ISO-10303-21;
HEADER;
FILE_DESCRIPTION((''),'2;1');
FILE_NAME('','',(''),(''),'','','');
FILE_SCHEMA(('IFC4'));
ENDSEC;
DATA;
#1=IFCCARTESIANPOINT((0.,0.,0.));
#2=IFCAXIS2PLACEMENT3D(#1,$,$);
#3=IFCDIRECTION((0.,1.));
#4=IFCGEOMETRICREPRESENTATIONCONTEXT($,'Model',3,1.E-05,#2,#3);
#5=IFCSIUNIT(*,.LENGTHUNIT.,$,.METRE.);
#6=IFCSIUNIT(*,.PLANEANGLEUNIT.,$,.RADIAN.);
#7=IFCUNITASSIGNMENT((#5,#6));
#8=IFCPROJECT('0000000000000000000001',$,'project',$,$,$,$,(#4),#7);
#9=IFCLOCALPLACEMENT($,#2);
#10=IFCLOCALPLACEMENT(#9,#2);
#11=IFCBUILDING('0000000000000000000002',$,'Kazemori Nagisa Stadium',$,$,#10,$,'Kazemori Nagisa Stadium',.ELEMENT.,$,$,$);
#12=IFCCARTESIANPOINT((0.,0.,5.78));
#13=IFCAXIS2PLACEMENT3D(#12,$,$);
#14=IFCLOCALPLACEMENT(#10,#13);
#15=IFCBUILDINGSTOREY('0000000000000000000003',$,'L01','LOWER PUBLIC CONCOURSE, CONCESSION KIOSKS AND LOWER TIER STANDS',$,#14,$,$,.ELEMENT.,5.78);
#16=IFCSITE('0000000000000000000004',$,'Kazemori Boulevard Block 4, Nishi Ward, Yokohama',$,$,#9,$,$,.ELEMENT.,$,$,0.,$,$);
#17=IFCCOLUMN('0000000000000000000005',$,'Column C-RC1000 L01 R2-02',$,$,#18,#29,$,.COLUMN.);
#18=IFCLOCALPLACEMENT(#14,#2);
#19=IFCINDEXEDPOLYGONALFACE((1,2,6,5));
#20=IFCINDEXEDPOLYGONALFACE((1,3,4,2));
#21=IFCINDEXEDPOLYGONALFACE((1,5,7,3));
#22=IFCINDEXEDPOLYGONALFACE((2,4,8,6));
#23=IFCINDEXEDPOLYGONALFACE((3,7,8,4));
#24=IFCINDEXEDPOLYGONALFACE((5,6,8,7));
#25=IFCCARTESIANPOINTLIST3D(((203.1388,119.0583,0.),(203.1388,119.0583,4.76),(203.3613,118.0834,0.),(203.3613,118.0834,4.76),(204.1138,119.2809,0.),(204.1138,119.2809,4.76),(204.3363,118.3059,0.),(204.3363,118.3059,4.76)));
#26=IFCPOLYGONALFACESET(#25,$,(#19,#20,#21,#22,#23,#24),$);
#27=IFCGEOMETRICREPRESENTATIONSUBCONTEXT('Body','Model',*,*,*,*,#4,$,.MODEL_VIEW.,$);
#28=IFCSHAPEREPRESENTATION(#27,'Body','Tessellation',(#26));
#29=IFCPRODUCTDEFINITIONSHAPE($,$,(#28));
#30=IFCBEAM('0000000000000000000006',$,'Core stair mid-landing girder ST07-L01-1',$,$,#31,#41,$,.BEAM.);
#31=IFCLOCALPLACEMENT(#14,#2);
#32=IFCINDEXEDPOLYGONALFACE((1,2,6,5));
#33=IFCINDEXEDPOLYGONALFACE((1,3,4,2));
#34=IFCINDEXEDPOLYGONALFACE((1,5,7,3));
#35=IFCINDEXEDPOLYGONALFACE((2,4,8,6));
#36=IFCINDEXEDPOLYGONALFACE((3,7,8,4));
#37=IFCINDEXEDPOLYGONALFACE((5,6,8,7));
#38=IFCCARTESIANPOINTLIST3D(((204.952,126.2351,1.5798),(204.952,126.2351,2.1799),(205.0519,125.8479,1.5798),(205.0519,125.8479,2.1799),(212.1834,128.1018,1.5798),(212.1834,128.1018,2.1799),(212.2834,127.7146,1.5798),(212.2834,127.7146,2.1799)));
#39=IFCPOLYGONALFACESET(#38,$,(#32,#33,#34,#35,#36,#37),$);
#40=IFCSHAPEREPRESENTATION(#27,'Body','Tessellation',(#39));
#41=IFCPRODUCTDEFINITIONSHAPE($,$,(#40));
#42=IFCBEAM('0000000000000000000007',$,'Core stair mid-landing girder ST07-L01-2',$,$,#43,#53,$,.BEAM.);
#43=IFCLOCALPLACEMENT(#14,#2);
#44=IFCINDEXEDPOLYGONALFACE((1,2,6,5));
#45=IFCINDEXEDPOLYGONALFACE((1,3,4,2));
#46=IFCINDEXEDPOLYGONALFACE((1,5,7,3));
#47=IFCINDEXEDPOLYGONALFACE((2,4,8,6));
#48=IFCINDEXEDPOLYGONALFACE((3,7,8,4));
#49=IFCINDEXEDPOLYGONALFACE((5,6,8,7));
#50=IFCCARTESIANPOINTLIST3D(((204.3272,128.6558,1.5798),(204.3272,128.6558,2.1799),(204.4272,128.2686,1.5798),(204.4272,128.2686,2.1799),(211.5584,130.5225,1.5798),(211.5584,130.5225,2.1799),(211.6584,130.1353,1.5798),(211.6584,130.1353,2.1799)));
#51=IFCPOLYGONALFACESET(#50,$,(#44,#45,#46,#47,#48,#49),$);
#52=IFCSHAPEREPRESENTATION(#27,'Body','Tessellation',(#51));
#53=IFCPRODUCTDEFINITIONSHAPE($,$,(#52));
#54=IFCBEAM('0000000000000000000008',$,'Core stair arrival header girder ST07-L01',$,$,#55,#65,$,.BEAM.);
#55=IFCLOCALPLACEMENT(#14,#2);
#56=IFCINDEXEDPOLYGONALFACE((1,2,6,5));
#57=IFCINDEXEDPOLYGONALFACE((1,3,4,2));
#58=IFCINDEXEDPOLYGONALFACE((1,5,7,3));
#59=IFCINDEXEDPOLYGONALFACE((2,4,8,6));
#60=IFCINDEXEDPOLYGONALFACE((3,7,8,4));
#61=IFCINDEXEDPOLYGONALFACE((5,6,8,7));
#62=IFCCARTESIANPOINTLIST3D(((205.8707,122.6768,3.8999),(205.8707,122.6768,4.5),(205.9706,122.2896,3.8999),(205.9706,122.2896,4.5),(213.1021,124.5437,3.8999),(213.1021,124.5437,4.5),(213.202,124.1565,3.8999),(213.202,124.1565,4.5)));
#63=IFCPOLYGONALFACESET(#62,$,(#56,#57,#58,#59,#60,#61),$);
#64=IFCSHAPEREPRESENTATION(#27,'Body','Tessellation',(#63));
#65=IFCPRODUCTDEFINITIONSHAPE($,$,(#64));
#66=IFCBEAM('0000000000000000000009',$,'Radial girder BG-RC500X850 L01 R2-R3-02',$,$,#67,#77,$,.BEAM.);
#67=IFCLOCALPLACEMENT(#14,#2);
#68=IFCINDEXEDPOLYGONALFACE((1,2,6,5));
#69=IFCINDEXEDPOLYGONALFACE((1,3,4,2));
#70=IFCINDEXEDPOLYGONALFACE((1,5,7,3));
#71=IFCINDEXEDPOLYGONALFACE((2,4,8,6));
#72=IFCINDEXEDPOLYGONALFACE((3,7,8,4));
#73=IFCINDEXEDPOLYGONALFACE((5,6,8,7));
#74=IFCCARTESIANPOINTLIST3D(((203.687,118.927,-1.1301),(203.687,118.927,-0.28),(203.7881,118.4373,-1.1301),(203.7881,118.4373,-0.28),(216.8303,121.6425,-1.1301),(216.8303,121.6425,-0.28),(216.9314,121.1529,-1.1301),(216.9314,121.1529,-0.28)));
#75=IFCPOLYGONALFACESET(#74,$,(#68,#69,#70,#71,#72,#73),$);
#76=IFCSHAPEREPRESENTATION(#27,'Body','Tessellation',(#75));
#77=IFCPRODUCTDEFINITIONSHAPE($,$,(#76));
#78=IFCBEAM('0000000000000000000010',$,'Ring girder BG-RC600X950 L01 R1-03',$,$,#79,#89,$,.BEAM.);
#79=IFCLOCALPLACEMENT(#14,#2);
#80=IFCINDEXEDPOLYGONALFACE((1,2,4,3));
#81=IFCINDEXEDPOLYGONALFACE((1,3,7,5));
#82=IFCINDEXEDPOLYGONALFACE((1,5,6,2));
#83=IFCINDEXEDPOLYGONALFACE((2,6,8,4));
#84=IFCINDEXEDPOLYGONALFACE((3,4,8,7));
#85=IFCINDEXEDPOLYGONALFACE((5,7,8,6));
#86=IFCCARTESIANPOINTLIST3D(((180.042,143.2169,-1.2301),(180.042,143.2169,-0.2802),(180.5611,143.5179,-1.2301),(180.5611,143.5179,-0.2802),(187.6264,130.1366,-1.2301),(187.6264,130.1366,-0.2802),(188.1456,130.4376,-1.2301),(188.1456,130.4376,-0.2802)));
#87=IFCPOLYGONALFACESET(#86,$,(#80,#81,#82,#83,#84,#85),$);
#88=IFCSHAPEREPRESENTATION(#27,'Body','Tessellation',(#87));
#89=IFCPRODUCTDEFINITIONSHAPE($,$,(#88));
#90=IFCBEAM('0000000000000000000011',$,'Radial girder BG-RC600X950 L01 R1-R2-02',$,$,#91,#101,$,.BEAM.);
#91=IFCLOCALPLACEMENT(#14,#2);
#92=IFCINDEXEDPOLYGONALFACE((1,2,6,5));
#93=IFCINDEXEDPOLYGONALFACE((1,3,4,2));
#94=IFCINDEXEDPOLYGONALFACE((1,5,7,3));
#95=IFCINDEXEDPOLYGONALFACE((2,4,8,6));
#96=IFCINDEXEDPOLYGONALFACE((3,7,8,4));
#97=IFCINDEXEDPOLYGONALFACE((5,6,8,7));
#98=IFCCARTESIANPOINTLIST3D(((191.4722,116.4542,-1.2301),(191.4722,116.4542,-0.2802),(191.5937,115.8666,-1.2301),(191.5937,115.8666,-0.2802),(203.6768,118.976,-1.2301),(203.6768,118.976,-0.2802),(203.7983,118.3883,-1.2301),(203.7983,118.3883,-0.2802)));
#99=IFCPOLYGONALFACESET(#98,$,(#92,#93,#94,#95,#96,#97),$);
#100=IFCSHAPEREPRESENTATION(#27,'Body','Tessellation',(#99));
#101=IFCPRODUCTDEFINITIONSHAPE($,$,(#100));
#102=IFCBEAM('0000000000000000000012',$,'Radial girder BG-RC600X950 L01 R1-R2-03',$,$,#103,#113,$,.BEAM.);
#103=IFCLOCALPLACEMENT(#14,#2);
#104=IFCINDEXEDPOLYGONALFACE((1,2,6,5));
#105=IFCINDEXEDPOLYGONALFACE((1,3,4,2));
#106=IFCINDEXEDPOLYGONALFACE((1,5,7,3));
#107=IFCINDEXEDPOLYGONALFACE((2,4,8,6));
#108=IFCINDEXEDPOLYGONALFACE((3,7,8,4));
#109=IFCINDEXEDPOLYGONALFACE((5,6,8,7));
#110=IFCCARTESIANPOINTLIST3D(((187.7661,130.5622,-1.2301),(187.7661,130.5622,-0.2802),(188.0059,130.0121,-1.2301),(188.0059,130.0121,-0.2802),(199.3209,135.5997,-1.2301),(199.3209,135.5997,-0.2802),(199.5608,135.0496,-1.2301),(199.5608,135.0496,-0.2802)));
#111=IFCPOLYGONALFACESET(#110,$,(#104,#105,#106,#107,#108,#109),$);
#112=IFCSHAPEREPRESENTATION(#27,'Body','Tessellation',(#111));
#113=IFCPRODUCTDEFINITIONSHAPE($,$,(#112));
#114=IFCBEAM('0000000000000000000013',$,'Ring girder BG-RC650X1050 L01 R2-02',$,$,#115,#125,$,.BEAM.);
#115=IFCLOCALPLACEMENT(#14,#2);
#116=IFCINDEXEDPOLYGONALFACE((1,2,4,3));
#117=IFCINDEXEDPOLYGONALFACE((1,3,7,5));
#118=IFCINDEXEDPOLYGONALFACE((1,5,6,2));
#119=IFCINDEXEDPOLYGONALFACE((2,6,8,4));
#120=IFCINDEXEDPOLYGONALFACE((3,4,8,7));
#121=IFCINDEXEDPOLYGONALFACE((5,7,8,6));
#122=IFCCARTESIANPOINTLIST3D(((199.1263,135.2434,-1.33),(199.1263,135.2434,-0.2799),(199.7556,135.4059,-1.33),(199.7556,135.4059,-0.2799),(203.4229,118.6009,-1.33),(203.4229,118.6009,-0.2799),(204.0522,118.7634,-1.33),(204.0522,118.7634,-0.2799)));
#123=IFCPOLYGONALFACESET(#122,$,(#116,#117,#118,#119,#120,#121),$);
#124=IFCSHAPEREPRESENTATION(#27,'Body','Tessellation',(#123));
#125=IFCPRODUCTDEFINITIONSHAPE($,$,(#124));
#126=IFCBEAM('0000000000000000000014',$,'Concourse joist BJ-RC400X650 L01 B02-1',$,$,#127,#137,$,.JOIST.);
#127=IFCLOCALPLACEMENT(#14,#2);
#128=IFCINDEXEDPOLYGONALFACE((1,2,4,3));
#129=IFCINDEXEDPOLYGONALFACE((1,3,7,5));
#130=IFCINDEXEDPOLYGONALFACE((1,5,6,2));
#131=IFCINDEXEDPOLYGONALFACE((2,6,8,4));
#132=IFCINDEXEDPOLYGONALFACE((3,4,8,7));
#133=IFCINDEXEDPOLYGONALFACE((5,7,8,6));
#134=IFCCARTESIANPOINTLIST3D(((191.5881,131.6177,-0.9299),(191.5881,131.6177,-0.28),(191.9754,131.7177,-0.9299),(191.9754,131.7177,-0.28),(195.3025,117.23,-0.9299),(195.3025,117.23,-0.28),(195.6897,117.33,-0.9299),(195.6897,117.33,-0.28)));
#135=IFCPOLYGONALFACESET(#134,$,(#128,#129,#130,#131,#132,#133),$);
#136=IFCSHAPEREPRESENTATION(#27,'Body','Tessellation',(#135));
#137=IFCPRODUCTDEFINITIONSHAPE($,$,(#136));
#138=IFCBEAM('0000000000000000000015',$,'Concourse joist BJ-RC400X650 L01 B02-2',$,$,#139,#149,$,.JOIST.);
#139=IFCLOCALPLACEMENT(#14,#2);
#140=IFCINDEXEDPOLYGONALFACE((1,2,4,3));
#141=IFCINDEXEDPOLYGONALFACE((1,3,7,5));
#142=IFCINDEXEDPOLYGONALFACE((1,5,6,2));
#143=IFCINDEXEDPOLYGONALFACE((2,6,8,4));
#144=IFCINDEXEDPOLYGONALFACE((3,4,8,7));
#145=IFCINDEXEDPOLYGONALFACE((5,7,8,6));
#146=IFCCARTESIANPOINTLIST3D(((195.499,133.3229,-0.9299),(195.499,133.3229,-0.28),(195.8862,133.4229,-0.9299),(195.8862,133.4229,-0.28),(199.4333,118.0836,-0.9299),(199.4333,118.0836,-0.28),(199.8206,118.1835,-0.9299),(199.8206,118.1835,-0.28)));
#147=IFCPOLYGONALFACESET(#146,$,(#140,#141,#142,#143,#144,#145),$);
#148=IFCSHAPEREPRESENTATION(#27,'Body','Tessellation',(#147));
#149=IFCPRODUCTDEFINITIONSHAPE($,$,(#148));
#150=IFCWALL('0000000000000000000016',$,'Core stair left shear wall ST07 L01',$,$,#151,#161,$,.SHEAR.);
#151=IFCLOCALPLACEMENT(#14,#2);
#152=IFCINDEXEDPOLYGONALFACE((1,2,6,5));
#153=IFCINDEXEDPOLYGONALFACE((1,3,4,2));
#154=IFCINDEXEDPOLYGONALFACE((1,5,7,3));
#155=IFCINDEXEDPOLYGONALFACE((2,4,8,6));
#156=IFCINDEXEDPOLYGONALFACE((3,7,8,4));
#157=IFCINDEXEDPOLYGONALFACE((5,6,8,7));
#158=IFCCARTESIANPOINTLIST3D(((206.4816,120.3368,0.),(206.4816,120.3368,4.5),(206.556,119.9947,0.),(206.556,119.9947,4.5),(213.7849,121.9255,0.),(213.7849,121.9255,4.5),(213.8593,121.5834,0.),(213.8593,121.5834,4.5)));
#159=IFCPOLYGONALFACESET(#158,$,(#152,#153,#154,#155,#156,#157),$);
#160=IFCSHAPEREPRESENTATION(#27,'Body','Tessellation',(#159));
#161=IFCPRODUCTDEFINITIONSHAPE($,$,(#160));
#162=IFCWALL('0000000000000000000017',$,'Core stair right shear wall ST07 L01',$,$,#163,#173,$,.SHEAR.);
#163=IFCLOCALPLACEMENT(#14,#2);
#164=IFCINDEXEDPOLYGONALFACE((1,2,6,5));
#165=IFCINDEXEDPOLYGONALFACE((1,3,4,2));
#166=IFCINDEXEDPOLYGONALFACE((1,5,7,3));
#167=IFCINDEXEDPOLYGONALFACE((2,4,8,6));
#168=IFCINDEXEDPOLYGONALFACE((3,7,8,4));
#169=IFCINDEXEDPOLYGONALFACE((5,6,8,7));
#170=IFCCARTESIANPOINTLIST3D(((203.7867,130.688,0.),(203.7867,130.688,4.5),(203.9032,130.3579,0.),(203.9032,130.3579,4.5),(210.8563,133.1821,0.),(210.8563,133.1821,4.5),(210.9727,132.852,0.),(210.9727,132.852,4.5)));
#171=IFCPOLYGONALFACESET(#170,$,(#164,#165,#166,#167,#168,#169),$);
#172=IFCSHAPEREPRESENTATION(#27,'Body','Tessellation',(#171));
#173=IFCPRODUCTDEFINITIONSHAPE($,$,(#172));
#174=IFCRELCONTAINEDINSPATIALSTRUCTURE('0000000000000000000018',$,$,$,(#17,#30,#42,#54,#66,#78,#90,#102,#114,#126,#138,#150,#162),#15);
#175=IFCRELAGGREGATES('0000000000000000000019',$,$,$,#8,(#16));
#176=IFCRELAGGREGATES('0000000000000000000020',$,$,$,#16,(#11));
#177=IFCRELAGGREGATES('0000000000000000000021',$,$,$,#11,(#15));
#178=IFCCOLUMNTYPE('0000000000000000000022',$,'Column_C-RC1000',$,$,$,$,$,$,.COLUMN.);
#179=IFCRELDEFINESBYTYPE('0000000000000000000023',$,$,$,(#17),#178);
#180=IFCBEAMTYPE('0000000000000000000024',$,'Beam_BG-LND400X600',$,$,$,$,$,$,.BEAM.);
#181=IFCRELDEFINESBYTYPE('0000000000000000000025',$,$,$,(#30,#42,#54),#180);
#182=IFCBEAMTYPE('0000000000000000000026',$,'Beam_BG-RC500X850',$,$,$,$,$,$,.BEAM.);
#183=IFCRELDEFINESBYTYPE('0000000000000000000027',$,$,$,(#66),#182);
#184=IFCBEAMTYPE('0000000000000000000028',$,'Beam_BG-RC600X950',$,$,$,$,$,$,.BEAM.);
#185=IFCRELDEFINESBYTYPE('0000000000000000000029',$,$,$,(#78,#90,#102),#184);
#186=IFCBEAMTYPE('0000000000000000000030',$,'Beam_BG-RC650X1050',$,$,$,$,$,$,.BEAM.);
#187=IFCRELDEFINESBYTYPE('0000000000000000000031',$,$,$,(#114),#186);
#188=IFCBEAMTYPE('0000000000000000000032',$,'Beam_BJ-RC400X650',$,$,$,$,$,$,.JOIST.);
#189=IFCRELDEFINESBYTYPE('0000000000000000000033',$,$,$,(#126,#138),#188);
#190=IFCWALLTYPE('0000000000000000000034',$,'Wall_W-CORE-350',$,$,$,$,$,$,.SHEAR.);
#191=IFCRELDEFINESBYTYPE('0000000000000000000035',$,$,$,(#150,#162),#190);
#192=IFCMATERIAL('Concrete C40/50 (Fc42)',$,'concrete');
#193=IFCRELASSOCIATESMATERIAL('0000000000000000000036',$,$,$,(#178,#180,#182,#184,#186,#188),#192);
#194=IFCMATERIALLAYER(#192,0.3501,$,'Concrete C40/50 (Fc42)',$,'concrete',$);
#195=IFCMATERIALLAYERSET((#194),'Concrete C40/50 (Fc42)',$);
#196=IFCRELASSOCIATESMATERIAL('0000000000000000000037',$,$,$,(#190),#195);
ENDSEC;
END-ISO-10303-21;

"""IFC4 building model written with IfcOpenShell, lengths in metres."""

from ifc_helpers import new_model, si_unit, direction, frame, frame_2d, origin, origin_2d, place, context, subcontext, project, spatial, rectangle, extrude, material, layer, layer_set, material_profile, profile_set, type_object, element, save


model = new_model("IFC4")

# Units and contexts
model_context = context("Model", 3, precision=1e-05, world=origin(), true_north=direction((0.0, 1.0)))
body_context = subcontext(model_context, "Body", "Model", "MODEL_VIEW")
ifc_project = project(units=[si_unit("LENGTHUNIT", "METRE"), si_unit("PLANEANGLEUNIT", "RADIAN")], contexts=[model_context])

# Site, building, storey
site_placement = place(None, origin())
site = spatial("IfcSite", under=ifc_project, at=site_placement, Name="Kazemori Boulevard Block 4, Nishi Ward, Yokohama", CompositionType="ELEMENT", RefElevation=0.0)
building_placement = place(site_placement, origin())
building = spatial("IfcBuilding", under=site, at=building_placement, Name="Kazemori Nagisa Stadium", LongName="Kazemori Nagisa Stadium", CompositionType="ELEMENT")
storey_placement = place(building_placement, frame((0.0, 0.0, 5.78)))
storey = spatial("IfcBuildingStorey", under=building, at=storey_placement, Name="L01", Description="LOWER PUBLIC CONCOURSE, CONCESSION KIOSKS AND LOWER TIER STANDS", CompositionType="ELEMENT", Elevation=5.78)

# Column
ifc_material_1 = material(Name="Concrete C40/50 (Fc42)", Category="concrete")
ifc_material_profile_1 = material_profile(ifc_material_1, rectangle(XDim=1.0, YDim=1.0, at=origin_2d()), Name="RC-COL-1000x1000")
ifc_profile_set_1 = profile_set([ifc_material_profile_1], Name="Concrete C40/50 (Fc42)")
column_type_1 = type_object("IfcColumnType", Name="Column_C-RC1000", PredefinedType="COLUMN", material=ifc_profile_set_1)
column_1_placement = place(storey_placement, frame((203.7375, 118.6821, 0.0), z_axis=(0.0, 0.0, 1.0), x_axis=(0.974928, 0.222521, 0.0)))
element("IfcColumn", 1, at=column_1_placement, inside=storey, type_object=column_type_1, Name="Column C-RC1000 L01 R2-02", PredefinedType="COLUMN", context=body_context, shape_type="SweptSolid", body=[
    extrude(rectangle(XDim=1.0, YDim=1.0, at=origin_2d()), origin(), (0.0, 0.0, 1.0), 4.76),
])

# Beams
ifc_material_profile_2 = material_profile(ifc_material_1, rectangle(XDim=0.3999, YDim=0.6001, at=origin_2d()), Name="RC-BM-400x600")
ifc_profile_set_2 = profile_set([ifc_material_profile_2], Name="Concrete C40/50 (Fc42)")
beam_type_1 = type_object("IfcBeamType", Name="Beam_BG-LND400X600", PredefinedType="BEAM", material=ifc_profile_set_2)
beam_1_placement = place(storey_placement, frame((205.002, 126.0415, 1.8799), z_axis=(0.96826, 0.249943, 0.0), x_axis=(-0.249943, 0.96826, 0.0)))
element("IfcBeam", 2, at=beam_1_placement, inside=storey, type_object=beam_type_1, Name="Core stair mid-landing girder ST07-L01-1", PredefinedType="BEAM", context=body_context, shape_type="SweptSolid", body=[
    extrude(rectangle(XDim=0.3999, YDim=0.6001, at=origin_2d()), origin(), (0.0, 0.0, 1.0), 7.4685),
])
beam_2_placement = place(storey_placement, frame((204.3772, 128.4622, 1.8799), z_axis=(0.968258, 0.249951, 0.0), x_axis=(-0.249951, 0.968258, 0.0)))
element("IfcBeam", 3, at=beam_2_placement, inside=storey, type_object=beam_type_1, Name="Core stair mid-landing girder ST07-L01-2", PredefinedType="BEAM", context=body_context, shape_type="SweptSolid", body=[
    extrude(rectangle(XDim=0.3999, YDim=0.6001, at=origin_2d()), origin(), (0.0, 0.0, 1.0), 7.4683),
])
beam_3_placement = place(storey_placement, frame((205.9207, 122.4832, 4.2), z_axis=(0.968253, 0.249974, 0.0), x_axis=(-0.249974, 0.968253, 0.0)))
element("IfcBeam", 4, at=beam_3_placement, inside=storey, type_object=beam_type_1, Name="Core stair arrival header girder ST07-L01", PredefinedType="BEAM", context=body_context, shape_type="SweptSolid", body=[
    extrude(rectangle(XDim=0.3999, YDim=0.6001, at=origin_2d()), origin(), (0.0, 0.0, 1.0), 7.4685),
])
ifc_material_profile_3 = material_profile(ifc_material_1, rectangle(XDim=0.5, YDim=0.8501, at=origin_2d()), Name="RC-BM-500x850")
ifc_profile_set_3 = profile_set([ifc_material_profile_3], Name="Concrete C40/50 (Fc42)")
beam_type_2 = type_object("IfcBeamType", Name="Beam_BG-RC500X850", PredefinedType="BEAM", material=ifc_profile_set_3)
beam_4_placement = place(storey_placement, frame((203.7375, 118.6821, -0.7051), z_axis=(0.979316, 0.202339, 0.0), x_axis=(-0.202339, 0.979316, 0.0)))
element("IfcBeam", 5, at=beam_4_placement, inside=storey, type_object=beam_type_2, Name="Radial girder BG-RC500X850 L01 R2-R3-02", PredefinedType="BEAM", context=body_context, shape_type="SweptSolid", body=[
    extrude(rectangle(XDim=0.5, YDim=0.8501, at=origin_2d()), origin(), (0.0, 0.0, 1.0), 13.4209),
])
ifc_material_profile_4 = material_profile(ifc_material_1, rectangle(XDim=0.6001, YDim=0.95, at=origin_2d()), Name="RC-BM-600x950")
ifc_profile_set_4 = profile_set([ifc_material_profile_4], Name="Concrete C40/50 (Fc42)")
beam_type_3 = type_object("IfcBeamType", Name="Beam_BG-RC600X950", PredefinedType="BEAM", material=ifc_profile_set_4)
beam_5_placement = place(storey_placement, frame((187.886, 130.2871, -0.7551), z_axis=(-0.501613, 0.865092, 0.0), x_axis=(-0.865092, -0.501613, 0.0)))
element("IfcBeam", 6, at=beam_5_placement, inside=storey, type_object=beam_type_3, Name="Ring girder BG-RC600X950 L01 R1-03", PredefinedType="BEAM", context=body_context, shape_type="SweptSolid", body=[
    extrude(rectangle(XDim=0.6001, YDim=0.95, at=origin_2d()), origin(), (0.0, 0.0, 1.0), 15.1201),
])
beam_6_placement = place(storey_placement, frame((191.533, 116.1604, -0.7551), z_axis=(0.979314, 0.202347, 0.0), x_axis=(-0.202347, 0.979314, 0.0)))
element("IfcBeam", 7, at=beam_6_placement, inside=storey, type_object=beam_type_3, Name="Radial girder BG-RC600X950 L01 R1-R2-02", PredefinedType="BEAM", context=body_context, shape_type="SweptSolid", body=[
    extrude(rectangle(XDim=0.6001, YDim=0.95, at=origin_2d()), origin(), (0.0, 0.0, 1.0), 12.4624),
])
beam_7_placement = place(storey_placement, frame((187.886, 130.2871, -0.7551), z_axis=(0.916672, 0.399641, 0.0), x_axis=(-0.399641, 0.916672, 0.0)))
element("IfcBeam", 8, at=beam_7_placement, inside=storey, type_object=beam_type_3, Name="Radial girder BG-RC600X950 L01 R1-R2-03", PredefinedType="BEAM", context=body_context, shape_type="SweptSolid", body=[
    extrude(rectangle(XDim=0.6001, YDim=0.95, at=origin_2d()), origin(), (0.0, 0.0, 1.0), 12.6052),
])
ifc_material_profile_5 = material_profile(ifc_material_1, rectangle(XDim=0.6499, YDim=1.05, at=origin_2d()), Name="RC-BM-650x1050")
ifc_profile_set_5 = profile_set([ifc_material_profile_5], Name="Concrete C40/50 (Fc42)")
beam_type_4 = type_object("IfcBeamType", Name="Beam_BG-RC650X1050", PredefinedType="BEAM", material=ifc_profile_set_5)
beam_8_placement = place(storey_placement, frame((203.7375, 118.6821, -0.8049), z_axis=(-0.249975, 0.968252, 0.0), x_axis=(-0.968252, -0.249975, 0.0)))
element("IfcBeam", 9, at=beam_8_placement, inside=storey, type_object=beam_type_4, Name="Ring girder BG-RC650X1050 L01 R2-02", PredefinedType="BEAM", context=body_context, shape_type="SweptSolid", body=[
    extrude(rectangle(XDim=0.6499, YDim=1.05, at=origin_2d()), origin(), (0.0, 0.0, 1.0), 17.1882),
])
ifc_material_profile_6 = material_profile(ifc_material_1, rectangle(XDim=0.3999, YDim=0.6499, at=origin_2d()), Name="RC-BM-400x650")
ifc_profile_set_6 = profile_set([ifc_material_profile_6], Name="Concrete C40/50 (Fc42)")
beam_type_5 = type_object("IfcBeamType", Name="Beam_BJ-RC400X650", PredefinedType="JOIST", material=ifc_profile_set_6)
beam_9_placement = place(storey_placement, frame((195.4961, 117.28, -0.605), z_axis=(-0.249966, 0.968254, 0.0), x_axis=(-0.968254, -0.249966, 0.0)))
element("IfcBeam", 10, at=beam_9_placement, inside=storey, type_object=beam_type_5, Name="Concourse joist BJ-RC400X650 L01 B02-1", PredefinedType="JOIST", context=body_context, shape_type="SweptSolid", body=[
    extrude(rectangle(XDim=0.3999, YDim=0.6499, at=origin_2d()), origin(), (0.0, 0.0, 1.0), 14.8594),
])
beam_10_placement = place(storey_placement, frame((199.627, 118.1335, -0.605), z_axis=(-0.249974, 0.968252, 0.0), x_axis=(-0.968252, -0.249974, 0.0)))
element("IfcBeam", 11, at=beam_10_placement, inside=storey, type_object=beam_type_5, Name="Concourse joist BJ-RC400X650 L01 B02-2", PredefinedType="JOIST", context=body_context, shape_type="SweptSolid", body=[
    extrude(rectangle(XDim=0.3999, YDim=0.6499, at=origin_2d()), origin(), (0.0, 0.0, 1.0), 15.739),
])

# Walls
ifc_layer_1 = layer(ifc_material_1, 0.3501, Name="Concrete C40/50 (Fc42)", Category="concrete")
ifc_layer_set_1 = layer_set([ifc_layer_1], Name="Concrete C40/50 (Fc42)")
wall_type_1 = type_object("IfcWallType", Name="Wall_W-CORE-350", PredefinedType="SHEAR", material=ifc_layer_set_1)
wall_1_placement = place(storey_placement, frame((206.5188, 120.1658, 0.0), z_axis=(0.0, 0.0, 1.0), x_axis=(0.97715, 0.212553, 0.0)))
element("IfcWall", 12, at=wall_1_placement, inside=storey, type_object=wall_type_1, Name="Core stair left shear wall ST07 L01", PredefinedType="SHEAR", context=body_context, shape_type="SweptSolid", body=[
    extrude(rectangle(XDim=7.4741, YDim=0.3501, at=frame_2d((3.7371, 0.0))), origin(), (0.0, 0.0, 1.0), 4.5),
])
wall_2_placement = place(storey_placement, frame((203.845, 130.5229, 0.0), z_axis=(0.0, 0.0, 1.0), x_axis=(0.943032, 0.332701, 0.0)))
element("IfcWall", 13, at=wall_2_placement, inside=storey, type_object=wall_type_1, Name="Core stair right shear wall ST07 L01", PredefinedType="SHEAR", context=body_context, shape_type="SweptSolid", body=[
    extrude(rectangle(XDim=7.4966, YDim=0.3501, at=frame_2d((3.7483, 0.0))), origin(), (0.0, 0.0, 1.0), 4.5),
])

save(model, "model.ifc")
